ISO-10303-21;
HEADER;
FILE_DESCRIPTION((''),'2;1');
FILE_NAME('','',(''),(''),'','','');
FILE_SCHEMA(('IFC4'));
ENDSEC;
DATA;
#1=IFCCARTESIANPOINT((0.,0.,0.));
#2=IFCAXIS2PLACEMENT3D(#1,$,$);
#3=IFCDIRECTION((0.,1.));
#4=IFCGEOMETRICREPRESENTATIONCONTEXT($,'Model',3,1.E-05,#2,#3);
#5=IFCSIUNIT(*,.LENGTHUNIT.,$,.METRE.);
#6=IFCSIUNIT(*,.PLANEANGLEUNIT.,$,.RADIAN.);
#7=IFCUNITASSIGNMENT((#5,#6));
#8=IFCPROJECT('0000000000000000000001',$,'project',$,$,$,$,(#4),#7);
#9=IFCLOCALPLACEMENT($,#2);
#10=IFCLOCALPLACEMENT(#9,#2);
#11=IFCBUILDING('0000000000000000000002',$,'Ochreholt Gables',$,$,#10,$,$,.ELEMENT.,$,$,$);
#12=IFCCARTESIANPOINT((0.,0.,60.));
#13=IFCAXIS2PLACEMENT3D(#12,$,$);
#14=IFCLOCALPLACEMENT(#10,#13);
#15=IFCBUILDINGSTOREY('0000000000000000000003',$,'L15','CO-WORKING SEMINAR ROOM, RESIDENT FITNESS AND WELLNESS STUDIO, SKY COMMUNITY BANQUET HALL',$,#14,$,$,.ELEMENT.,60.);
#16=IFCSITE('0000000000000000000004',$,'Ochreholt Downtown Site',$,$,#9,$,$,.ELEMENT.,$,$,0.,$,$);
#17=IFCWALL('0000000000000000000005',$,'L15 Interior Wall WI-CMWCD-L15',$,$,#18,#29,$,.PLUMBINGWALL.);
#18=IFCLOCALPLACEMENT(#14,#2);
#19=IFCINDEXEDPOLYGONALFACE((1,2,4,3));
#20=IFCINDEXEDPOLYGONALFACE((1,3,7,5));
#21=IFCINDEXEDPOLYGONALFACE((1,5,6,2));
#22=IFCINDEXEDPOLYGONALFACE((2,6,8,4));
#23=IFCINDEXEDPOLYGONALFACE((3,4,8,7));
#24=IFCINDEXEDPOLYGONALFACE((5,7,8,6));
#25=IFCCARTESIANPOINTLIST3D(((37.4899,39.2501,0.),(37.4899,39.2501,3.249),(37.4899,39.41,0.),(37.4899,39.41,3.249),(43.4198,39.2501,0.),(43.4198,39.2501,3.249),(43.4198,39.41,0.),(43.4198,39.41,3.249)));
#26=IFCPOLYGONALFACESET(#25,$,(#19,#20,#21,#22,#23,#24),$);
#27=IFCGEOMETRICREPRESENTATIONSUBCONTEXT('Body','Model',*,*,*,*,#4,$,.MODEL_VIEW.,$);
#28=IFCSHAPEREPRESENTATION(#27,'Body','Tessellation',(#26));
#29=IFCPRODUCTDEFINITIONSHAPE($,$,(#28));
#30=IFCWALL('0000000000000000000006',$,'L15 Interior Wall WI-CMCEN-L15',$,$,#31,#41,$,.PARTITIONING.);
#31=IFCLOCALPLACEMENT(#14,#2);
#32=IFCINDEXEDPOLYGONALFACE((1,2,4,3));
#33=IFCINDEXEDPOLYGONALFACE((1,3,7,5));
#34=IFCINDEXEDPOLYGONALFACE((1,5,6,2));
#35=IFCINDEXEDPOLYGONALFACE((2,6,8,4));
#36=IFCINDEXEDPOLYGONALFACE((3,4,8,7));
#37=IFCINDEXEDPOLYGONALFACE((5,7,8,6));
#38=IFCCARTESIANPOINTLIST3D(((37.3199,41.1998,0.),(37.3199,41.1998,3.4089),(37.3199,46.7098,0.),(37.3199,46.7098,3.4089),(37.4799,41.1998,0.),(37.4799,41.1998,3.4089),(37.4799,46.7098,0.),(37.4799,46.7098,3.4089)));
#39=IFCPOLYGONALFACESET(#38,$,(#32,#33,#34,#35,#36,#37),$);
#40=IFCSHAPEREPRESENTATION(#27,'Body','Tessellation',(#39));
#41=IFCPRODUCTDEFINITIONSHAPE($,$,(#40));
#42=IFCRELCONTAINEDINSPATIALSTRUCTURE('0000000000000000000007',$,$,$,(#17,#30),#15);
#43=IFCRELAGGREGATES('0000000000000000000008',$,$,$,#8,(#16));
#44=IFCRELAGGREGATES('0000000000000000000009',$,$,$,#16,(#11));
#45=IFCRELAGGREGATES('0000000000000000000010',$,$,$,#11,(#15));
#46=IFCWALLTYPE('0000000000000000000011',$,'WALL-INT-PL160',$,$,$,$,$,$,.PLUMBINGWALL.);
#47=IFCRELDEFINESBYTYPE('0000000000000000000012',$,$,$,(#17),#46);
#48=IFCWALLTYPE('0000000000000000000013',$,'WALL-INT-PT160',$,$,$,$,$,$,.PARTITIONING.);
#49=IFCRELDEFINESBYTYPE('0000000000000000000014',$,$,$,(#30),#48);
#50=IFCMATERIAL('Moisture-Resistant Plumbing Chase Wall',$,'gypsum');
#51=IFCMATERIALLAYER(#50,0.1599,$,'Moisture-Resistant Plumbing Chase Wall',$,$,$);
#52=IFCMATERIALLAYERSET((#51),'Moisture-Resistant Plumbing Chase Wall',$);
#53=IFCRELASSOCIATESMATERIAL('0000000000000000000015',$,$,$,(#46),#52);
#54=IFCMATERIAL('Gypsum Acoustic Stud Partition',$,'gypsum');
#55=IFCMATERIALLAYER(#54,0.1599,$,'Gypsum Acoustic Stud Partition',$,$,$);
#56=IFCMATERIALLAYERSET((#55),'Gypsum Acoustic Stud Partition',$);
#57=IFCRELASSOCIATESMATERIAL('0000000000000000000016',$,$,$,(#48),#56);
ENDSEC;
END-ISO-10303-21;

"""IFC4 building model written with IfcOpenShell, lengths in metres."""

from ifc_helpers import new_model, si_unit, direction, frame, frame_2d, origin, place, context, subcontext, project, spatial, rectangle, extrude, material, layer, layer_set, type_object, element, save


model = new_model("IFC4")

# Units and contexts
model_context = context("Model", 3, precision=1e-05, world=origin(), true_north=direction((0.0, 1.0)))
body_context = subcontext(model_context, "Body", "Model", "MODEL_VIEW")
ifc_project = project(units=[si_unit("LENGTHUNIT", "METRE"), si_unit("PLANEANGLEUNIT", "RADIAN")], contexts=[model_context])

# Site, building, storey
site_placement = place(None, origin())
site = spatial("IfcSite", under=ifc_project, at=site_placement, Name="Ochreholt Downtown Site", CompositionType="ELEMENT", RefElevation=0.0)
building_placement = place(site_placement, origin())
building = spatial("IfcBuilding", under=site, at=building_placement, Name="Ochreholt Gables", CompositionType="ELEMENT")
storey_placement = place(building_placement, frame((0.0, 0.0, 60.0)))
storey = spatial("IfcBuildingStorey", under=building, at=storey_placement, Name="L15", Description="CO-WORKING SEMINAR ROOM, RESIDENT FITNESS AND WELLNESS STUDIO, SKY COMMUNITY BANQUET HALL", CompositionType="ELEMENT", Elevation=60.0)

# Walls
ifc_material_1 = material(Name="Moisture-Resistant Plumbing Chase Wall", Category="gypsum")
ifc_layer_1 = layer(ifc_material_1, 0.1599, Name="Moisture-Resistant Plumbing Chase Wall")
ifc_layer_set_1 = layer_set([ifc_layer_1], Name="Moisture-Resistant Plumbing Chase Wall")
wall_type_1 = type_object("IfcWallType", Name="WALL-INT-PL160", PredefinedType="PLUMBINGWALL", material=ifc_layer_set_1)
wall_1_placement = place(storey_placement, frame((37.49, 39.3301, 0.0), z_axis=(0.0, 0.0, 1.0), x_axis=(1.0, 0.0, 0.0)))
element("IfcWall", 1, at=wall_1_placement, inside=storey, type_object=wall_type_1, Name="L15 Interior Wall WI-CMWCD-L15", PredefinedType="PLUMBINGWALL", context=body_context, shape_type="SweptSolid", body=[
    extrude(rectangle(XDim=5.9299, YDim=0.1599, at=frame_2d((2.9648, 0.0))), origin(), (0.0, 0.0, 1.0), 3.249),
])
ifc_material_2 = material(Name="Gypsum Acoustic Stud Partition", Category="gypsum")
ifc_layer_2 = layer(ifc_material_2, 0.1599, Name="Gypsum Acoustic Stud Partition")
ifc_layer_set_2 = layer_set([ifc_layer_2], Name="Gypsum Acoustic Stud Partition")
wall_type_2 = type_object("IfcWallType", Name="WALL-INT-PT160", PredefinedType="PARTITIONING", material=ifc_layer_set_2)
wall_2_placement = place(storey_placement, frame((37.3999, 41.2, 0.0), z_axis=(0.0, 0.0, 1.0), x_axis=(0.0, 1.0, 0.0)))
element("IfcWall", 2, at=wall_2_placement, inside=storey, type_object=wall_type_2, Name="L15 Interior Wall WI-CMCEN-L15", PredefinedType="PARTITIONING", context=body_context, shape_type="SweptSolid", body=[
    extrude(rectangle(XDim=5.51, YDim=0.1599, at=frame_2d((2.7549, 0.0))), origin(), (0.0, 0.0, 1.0), 3.4089),
])

save(model, "model.ifc")
